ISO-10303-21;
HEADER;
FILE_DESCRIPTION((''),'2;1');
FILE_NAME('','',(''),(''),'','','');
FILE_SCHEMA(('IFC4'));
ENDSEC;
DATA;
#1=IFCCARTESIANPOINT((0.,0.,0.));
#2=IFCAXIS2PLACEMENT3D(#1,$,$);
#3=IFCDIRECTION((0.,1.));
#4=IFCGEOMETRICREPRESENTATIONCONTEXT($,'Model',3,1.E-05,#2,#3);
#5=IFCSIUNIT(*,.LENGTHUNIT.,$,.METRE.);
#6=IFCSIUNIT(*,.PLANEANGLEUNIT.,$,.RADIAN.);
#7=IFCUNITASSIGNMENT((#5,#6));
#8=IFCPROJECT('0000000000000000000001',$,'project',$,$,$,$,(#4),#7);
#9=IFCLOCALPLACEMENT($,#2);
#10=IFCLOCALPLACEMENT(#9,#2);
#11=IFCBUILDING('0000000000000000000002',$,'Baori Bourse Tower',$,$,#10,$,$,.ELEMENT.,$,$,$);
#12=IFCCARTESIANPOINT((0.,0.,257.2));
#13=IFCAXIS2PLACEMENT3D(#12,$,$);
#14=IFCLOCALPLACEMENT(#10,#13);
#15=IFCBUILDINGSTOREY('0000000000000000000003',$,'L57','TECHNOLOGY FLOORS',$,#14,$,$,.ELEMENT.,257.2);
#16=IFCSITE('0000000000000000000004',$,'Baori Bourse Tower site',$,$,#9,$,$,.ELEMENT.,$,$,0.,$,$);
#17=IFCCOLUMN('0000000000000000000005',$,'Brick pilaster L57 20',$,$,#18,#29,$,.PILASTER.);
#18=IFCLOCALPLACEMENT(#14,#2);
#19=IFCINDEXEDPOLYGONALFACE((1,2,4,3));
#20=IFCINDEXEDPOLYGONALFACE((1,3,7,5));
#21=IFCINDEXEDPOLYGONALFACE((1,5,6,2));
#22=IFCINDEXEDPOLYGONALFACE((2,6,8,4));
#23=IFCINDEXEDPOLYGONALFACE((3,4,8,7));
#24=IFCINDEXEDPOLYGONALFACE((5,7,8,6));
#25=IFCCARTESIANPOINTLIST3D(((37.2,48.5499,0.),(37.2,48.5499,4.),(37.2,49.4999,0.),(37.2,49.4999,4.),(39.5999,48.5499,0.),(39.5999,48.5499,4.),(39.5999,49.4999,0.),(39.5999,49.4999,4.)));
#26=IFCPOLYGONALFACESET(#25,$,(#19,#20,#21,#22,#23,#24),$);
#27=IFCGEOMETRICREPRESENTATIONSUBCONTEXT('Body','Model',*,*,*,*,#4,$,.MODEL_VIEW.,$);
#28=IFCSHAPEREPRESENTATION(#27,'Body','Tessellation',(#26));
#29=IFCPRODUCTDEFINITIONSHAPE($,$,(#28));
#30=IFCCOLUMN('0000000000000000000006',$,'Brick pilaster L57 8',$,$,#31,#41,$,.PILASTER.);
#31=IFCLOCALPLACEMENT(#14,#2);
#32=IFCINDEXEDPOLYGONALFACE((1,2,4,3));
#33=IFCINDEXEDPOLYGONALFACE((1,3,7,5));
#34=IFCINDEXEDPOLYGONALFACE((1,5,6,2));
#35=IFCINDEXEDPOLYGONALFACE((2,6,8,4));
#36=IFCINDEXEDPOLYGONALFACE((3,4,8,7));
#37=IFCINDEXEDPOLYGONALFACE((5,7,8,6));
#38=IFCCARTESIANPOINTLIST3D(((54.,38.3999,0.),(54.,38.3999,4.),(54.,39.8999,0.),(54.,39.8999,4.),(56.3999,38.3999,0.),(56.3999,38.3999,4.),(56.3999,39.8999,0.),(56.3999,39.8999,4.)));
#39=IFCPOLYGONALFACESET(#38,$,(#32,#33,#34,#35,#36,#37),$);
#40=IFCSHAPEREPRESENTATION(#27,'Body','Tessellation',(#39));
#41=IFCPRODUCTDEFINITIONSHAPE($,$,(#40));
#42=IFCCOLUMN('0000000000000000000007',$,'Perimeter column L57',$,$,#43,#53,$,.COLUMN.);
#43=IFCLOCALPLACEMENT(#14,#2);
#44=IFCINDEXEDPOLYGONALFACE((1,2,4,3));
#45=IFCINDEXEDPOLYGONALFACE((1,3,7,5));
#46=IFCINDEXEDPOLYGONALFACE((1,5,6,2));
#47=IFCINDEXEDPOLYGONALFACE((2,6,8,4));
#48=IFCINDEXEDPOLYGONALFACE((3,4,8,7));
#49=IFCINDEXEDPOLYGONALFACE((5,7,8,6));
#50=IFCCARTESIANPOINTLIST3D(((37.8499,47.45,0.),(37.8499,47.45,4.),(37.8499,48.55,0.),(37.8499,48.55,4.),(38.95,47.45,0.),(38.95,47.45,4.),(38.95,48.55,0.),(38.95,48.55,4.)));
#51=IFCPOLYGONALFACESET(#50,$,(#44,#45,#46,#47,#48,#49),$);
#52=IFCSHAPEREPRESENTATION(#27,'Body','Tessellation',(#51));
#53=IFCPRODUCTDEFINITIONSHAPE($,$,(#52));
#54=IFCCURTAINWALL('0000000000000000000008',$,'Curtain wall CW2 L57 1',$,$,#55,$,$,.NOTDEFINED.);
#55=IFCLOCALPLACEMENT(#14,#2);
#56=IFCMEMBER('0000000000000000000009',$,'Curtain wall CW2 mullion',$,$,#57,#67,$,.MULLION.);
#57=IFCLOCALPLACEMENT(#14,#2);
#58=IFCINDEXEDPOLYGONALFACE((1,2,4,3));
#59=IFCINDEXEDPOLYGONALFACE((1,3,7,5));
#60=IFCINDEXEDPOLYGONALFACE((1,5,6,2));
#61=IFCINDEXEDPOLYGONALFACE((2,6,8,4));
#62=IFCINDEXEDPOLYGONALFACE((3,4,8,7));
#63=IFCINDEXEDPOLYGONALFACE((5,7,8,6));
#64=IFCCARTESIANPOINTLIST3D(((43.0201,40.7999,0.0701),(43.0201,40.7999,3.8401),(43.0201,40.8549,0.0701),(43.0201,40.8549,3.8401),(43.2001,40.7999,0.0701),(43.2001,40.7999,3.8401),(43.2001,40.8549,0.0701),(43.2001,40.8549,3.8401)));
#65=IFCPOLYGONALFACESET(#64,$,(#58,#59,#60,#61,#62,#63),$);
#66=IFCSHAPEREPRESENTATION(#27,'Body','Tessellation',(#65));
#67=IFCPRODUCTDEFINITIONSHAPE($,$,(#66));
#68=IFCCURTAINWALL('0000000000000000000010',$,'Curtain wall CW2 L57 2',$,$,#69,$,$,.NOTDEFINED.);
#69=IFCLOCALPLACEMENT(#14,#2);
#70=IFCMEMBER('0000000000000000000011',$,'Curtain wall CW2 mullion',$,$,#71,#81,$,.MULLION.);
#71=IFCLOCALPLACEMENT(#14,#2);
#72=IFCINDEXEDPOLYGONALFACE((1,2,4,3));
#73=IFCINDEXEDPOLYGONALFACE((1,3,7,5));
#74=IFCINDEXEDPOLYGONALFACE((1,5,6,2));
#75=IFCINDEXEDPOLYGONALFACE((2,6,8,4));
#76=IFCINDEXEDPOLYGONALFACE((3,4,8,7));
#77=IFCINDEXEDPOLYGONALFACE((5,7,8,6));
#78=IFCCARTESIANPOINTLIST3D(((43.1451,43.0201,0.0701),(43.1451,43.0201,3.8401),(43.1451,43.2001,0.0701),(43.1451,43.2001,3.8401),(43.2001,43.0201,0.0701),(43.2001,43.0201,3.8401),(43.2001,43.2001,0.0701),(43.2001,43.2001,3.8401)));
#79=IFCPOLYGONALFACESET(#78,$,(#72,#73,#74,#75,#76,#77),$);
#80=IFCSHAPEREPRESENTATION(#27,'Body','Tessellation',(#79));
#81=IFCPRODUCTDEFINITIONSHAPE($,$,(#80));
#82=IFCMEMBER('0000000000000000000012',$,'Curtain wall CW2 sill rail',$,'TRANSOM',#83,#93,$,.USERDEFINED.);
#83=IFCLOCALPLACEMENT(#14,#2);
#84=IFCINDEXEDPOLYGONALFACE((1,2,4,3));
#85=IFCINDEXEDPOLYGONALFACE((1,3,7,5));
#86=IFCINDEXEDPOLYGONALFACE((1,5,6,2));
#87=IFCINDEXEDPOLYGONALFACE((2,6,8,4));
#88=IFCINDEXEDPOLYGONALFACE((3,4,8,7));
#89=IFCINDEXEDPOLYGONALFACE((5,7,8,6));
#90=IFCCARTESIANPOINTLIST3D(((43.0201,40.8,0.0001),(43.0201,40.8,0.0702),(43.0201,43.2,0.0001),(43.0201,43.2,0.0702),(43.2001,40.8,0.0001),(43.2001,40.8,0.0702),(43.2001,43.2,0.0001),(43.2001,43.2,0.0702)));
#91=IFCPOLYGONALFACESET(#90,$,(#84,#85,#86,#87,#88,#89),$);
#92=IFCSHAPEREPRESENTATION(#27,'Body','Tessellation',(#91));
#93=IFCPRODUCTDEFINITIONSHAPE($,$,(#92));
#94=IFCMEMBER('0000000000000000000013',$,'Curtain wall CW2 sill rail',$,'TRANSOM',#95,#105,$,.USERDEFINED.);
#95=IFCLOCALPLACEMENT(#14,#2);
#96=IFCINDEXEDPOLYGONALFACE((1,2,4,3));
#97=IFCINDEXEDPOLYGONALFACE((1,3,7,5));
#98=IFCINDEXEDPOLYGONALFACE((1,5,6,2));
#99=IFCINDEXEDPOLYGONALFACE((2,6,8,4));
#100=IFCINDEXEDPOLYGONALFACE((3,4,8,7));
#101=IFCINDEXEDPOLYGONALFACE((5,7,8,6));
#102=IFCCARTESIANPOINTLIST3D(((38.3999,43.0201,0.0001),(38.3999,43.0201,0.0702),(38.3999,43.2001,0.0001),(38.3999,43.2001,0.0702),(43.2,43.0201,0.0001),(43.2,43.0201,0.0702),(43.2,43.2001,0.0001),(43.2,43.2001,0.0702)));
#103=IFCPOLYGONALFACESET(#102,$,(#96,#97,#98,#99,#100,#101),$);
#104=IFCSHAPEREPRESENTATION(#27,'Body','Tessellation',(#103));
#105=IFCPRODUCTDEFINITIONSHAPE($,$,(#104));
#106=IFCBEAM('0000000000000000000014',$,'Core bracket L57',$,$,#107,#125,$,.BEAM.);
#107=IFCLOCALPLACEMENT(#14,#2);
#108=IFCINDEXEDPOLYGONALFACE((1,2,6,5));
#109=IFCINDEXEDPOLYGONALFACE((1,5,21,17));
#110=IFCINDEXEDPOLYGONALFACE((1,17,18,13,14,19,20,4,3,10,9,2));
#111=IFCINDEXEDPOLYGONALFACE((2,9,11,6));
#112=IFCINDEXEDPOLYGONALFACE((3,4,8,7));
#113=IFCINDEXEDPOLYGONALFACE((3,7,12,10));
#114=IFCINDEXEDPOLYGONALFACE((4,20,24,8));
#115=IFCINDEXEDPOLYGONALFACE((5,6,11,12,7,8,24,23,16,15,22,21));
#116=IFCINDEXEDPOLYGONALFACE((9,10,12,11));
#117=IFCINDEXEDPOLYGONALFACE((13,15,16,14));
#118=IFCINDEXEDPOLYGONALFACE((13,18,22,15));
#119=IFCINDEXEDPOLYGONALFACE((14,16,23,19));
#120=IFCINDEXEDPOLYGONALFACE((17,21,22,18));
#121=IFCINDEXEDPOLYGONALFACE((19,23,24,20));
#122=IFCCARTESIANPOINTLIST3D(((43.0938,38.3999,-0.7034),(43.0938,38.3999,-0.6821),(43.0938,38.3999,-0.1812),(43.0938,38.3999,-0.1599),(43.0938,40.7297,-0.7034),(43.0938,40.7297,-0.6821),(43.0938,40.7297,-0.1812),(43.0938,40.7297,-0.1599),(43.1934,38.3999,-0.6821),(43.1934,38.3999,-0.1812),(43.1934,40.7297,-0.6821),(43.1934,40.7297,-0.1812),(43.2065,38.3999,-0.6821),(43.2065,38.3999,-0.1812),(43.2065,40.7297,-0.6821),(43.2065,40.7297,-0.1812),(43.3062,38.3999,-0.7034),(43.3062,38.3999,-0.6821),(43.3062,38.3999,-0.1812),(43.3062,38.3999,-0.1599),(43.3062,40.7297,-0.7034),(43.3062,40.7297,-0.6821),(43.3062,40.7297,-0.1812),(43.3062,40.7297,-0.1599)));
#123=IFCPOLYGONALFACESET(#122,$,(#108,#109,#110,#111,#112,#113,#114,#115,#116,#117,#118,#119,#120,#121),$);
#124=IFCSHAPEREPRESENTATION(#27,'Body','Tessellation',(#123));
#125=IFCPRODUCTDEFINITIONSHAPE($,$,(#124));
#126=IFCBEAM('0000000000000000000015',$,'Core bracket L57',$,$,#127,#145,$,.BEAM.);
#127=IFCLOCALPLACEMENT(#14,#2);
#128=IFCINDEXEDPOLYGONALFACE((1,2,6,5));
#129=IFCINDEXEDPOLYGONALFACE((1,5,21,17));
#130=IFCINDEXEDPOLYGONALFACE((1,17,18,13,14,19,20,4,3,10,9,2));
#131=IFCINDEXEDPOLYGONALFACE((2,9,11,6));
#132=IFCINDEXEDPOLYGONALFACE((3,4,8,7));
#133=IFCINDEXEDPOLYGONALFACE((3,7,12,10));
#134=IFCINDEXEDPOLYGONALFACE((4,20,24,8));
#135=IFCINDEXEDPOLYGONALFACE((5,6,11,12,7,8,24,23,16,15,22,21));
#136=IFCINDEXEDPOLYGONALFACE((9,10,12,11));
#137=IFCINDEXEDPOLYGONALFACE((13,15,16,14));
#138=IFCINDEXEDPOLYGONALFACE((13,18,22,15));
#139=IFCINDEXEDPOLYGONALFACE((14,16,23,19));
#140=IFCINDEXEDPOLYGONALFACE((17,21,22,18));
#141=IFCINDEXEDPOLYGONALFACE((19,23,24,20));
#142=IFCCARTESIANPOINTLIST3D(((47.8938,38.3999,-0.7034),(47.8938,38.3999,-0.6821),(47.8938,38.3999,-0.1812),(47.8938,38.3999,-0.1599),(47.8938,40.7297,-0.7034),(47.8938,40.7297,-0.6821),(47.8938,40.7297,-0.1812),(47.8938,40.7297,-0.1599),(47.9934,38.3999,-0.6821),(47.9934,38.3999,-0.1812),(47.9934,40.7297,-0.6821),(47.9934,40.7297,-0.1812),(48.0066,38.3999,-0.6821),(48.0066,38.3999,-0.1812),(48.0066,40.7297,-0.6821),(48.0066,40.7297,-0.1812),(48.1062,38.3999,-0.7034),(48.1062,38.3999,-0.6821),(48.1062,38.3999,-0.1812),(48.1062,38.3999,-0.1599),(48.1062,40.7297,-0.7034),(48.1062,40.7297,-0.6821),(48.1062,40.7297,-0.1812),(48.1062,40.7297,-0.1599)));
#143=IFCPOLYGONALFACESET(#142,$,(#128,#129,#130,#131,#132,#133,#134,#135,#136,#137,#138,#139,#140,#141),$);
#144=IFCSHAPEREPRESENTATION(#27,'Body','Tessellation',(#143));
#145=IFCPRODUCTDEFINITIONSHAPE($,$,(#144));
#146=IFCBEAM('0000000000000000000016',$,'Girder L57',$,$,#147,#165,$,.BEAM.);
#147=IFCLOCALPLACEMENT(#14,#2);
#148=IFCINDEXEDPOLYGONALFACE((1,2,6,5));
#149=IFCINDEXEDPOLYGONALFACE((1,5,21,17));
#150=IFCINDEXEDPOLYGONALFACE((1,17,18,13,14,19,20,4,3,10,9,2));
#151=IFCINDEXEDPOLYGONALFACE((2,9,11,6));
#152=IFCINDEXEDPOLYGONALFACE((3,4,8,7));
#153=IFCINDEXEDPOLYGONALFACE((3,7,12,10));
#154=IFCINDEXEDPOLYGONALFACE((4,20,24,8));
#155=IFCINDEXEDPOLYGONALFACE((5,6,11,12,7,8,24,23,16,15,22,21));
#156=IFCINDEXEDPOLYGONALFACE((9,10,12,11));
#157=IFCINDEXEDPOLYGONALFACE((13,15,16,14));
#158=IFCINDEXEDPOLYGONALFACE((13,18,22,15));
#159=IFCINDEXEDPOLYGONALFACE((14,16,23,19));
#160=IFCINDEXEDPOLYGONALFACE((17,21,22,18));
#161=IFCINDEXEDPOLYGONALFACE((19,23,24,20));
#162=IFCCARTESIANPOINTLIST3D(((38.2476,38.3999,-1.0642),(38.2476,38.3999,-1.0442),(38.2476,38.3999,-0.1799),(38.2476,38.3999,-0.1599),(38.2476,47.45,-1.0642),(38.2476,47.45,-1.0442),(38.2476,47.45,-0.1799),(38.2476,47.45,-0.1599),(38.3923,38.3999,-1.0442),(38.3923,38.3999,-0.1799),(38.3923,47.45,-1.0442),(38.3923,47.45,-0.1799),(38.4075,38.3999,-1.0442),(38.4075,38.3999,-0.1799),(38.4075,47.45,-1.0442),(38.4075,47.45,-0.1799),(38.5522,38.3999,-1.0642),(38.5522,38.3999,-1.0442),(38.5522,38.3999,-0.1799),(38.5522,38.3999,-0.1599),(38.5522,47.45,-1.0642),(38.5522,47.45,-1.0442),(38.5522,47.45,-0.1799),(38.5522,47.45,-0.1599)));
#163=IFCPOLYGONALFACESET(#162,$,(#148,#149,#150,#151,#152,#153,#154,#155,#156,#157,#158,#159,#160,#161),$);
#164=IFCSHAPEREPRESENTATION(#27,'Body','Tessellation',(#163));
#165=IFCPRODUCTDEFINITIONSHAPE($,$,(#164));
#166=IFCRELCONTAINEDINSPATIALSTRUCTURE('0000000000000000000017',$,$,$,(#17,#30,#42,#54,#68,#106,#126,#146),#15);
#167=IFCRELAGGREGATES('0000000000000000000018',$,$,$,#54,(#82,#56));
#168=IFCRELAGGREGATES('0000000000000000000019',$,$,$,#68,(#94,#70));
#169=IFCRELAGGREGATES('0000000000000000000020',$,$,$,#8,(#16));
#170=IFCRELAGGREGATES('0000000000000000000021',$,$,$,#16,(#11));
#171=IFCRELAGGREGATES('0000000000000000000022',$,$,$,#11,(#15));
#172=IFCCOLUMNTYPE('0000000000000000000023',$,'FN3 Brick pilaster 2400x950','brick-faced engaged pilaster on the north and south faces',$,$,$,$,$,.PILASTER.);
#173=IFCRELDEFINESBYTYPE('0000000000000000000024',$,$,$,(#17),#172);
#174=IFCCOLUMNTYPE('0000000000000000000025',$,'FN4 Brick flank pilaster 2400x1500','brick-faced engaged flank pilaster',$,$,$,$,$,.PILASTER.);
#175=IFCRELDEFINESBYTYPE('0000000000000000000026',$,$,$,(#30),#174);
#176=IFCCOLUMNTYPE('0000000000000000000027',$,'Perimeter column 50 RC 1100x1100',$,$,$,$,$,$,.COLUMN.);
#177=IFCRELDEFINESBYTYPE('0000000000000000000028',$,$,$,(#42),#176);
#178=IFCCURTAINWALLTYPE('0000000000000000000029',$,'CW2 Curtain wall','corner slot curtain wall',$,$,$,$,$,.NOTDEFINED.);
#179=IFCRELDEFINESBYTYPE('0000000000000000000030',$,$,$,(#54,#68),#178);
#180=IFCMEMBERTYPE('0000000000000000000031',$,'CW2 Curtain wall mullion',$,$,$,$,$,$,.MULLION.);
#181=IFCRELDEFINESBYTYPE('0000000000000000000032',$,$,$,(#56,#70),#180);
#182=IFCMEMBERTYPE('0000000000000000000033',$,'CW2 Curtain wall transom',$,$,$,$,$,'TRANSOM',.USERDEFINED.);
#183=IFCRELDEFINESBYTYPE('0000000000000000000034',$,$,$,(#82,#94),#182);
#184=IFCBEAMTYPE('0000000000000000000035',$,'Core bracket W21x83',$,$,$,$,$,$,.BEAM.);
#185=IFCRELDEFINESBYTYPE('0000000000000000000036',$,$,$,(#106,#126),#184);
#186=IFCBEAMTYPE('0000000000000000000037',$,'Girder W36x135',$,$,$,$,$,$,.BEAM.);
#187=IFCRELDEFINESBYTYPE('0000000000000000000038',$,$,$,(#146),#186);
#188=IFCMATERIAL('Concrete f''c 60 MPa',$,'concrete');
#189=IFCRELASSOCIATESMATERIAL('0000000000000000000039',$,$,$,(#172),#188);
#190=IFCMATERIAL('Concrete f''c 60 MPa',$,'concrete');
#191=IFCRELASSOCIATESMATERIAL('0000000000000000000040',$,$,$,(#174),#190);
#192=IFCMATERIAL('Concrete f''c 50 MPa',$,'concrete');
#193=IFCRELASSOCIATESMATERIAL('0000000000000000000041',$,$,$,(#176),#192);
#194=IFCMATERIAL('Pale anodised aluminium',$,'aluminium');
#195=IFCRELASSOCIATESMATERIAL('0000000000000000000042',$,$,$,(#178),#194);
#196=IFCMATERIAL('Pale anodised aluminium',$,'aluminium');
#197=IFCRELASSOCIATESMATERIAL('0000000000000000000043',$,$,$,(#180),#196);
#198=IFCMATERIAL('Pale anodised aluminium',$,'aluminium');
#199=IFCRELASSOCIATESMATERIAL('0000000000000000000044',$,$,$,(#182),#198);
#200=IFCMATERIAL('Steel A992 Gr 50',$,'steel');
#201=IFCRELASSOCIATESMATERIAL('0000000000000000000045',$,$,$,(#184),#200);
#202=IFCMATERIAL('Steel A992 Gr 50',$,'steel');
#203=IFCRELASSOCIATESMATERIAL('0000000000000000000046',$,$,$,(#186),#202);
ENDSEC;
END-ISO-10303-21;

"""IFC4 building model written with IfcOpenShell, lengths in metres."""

from ifc_helpers import new_model, si_unit, direction, frame, origin, origin_2d, place, context, subcontext, project, spatial, rectangle, i_section, extrude, material, material_profile, profile_set, type_object, element, aggregate, save


model = new_model("IFC4")

# Units and contexts
model_context = context("Model", 3, precision=1e-05, world=origin(), true_north=direction((0.0, 1.0)))
body_context = subcontext(model_context, "Body", "Model", "MODEL_VIEW")
ifc_project = project(units=[si_unit("LENGTHUNIT", "METRE"), si_unit("PLANEANGLEUNIT", "RADIAN")], contexts=[model_context])

# Site, building, storey
site_placement = place(None, origin())
site = spatial("IfcSite", under=ifc_project, at=site_placement, Name="Baori Bourse Tower site", CompositionType="ELEMENT", RefElevation=0.0)
building_placement = place(site_placement, origin())
building = spatial("IfcBuilding", under=site, at=building_placement, Name="Baori Bourse Tower", CompositionType="ELEMENT")
storey_placement = place(building_placement, frame((0.0, 0.0, 257.2)))
storey = spatial("IfcBuildingStorey", under=building, at=storey_placement, Name="L57", Description="TECHNOLOGY FLOORS", CompositionType="ELEMENT", Elevation=257.2)

# Columns
ifc_material_1 = material(Name="Concrete f'c 60 MPa", Category="concrete")
ifc_material_profile_1 = material_profile(ifc_material_1, rectangle(XDim=2.3999, YDim=0.95, at=origin_2d()), Name="RC 2400x950")
ifc_profile_set_1 = profile_set([ifc_material_profile_1], Name="Concrete f'c 60 MPa")
column_type_1 = type_object("IfcColumnType", Name="FN3 Brick pilaster 2400x950", Description="brick-faced engaged pilaster on the north and south faces", PredefinedType="PILASTER", material=ifc_profile_set_1)
column_1_placement = place(storey_placement, frame((38.3999, 49.0249, 0.0), z_axis=(0.0, 0.0, 1.0), x_axis=(1.0, 0.0, 0.0)))
element("IfcColumn", 1, at=column_1_placement, inside=storey, type_object=column_type_1, Name="Brick pilaster L57 20", PredefinedType="PILASTER", context=body_context, shape_type="SweptSolid", body=[
    extrude(rectangle(XDim=2.3999, YDim=0.95, at=origin_2d()), origin(), (0.0, 0.0, 1.0), 4.0),
])
ifc_material_2 = material(Name="Concrete f'c 60 MPa", Category="concrete")
ifc_material_profile_2 = material_profile(ifc_material_2, rectangle(XDim=2.3999, YDim=1.5, at=origin_2d()), Name="RC 2400x1500")
ifc_profile_set_2 = profile_set([ifc_material_profile_2], Name="Concrete f'c 60 MPa")
column_type_2 = type_object("IfcColumnType", Name="FN4 Brick flank pilaster 2400x1500", Description="brick-faced engaged flank pilaster", PredefinedType="PILASTER", material=ifc_profile_set_2)
column_2_placement = place(storey_placement, frame((55.2, 39.1499, 0.0), z_axis=(0.0, 0.0, 1.0), x_axis=(1.0, 0.0, 0.0)))
element("IfcColumn", 2, at=column_2_placement, inside=storey, type_object=column_type_2, Name="Brick pilaster L57 8", PredefinedType="PILASTER", context=body_context, shape_type="SweptSolid", body=[
    extrude(rectangle(XDim=2.3999, YDim=1.5, at=origin_2d()), origin(), (0.0, 0.0, 1.0), 4.0),
])
ifc_material_3 = material(Name="Concrete f'c 50 MPa", Category="concrete")
ifc_material_profile_3 = material_profile(ifc_material_3, rectangle(XDim=1.1001, YDim=1.1001, at=origin_2d()), Name="RC 1100x1100")
ifc_profile_set_3 = profile_set([ifc_material_profile_3], Name="Concrete f'c 50 MPa")
column_type_3 = type_object("IfcColumnType", Name="Perimeter column 50 RC 1100x1100", PredefinedType="COLUMN", material=ifc_profile_set_3)
column_3_placement = place(storey_placement, frame((38.3999, 48.0, 0.0), z_axis=(0.0, 0.0, 1.0), x_axis=(1.0, 0.0, 0.0)))
element("IfcColumn", 3, at=column_3_placement, inside=storey, type_object=column_type_3, Name="Perimeter column L57", PredefinedType="COLUMN", context=body_context, shape_type="SweptSolid", body=[
    extrude(rectangle(XDim=1.1001, YDim=1.1001, at=origin_2d()), origin(), (0.0, 0.0, 1.0), 4.0),
])

# Curtain walls, members
ifc_material_4 = material(Name="Pale anodised aluminium", Category="aluminium")
curtain_wall_type = type_object("IfcCurtainWallType", Name="CW2 Curtain wall", Description="corner slot curtain wall", PredefinedType="NOTDEFINED", material=ifc_material_4)
curtain_wall_1_placement = place(storey_placement, origin())
curtain_wall_1 = element("IfcCurtainWall", 4, at=curtain_wall_1_placement, inside=storey, type_object=curtain_wall_type, Name="Curtain wall CW2 L57 1", PredefinedType="NOTDEFINED")
ifc_material_5 = material(Name="Pale anodised aluminium", Category="aluminium")
ifc_material_profile_4 = material_profile(ifc_material_5, rectangle(XDim=0.1799, YDim=0.0549, at=origin_2d()), Name="Mullion 55x180")
ifc_profile_set_4 = profile_set([ifc_material_profile_4], Name="Pale anodised aluminium")
member_type_1 = type_object("IfcMemberType", Name="CW2 Curtain wall mullion", PredefinedType="MULLION", material=ifc_profile_set_4)
member_1_placement = place(storey_placement, frame((43.1101, 40.8274, 0.0701), z_axis=(0.0, 0.0, 1.0), x_axis=(-1.0, 0.0, 0.0)))
member_1 = element("IfcMember", 5, at=member_1_placement, type_object=member_type_1, Name="Curtain wall CW2 mullion", PredefinedType="MULLION", context=body_context, shape_type="SweptSolid", body=[
    extrude(rectangle(XDim=0.1799, YDim=0.0549, at=origin_2d()), origin(), (0.0, 0.0, 1.0), 3.77),
])
curtain_wall_2_placement = place(storey_placement, origin())
curtain_wall_2 = element("IfcCurtainWall", 6, at=curtain_wall_2_placement, inside=storey, type_object=curtain_wall_type, Name="Curtain wall CW2 L57 2", PredefinedType="NOTDEFINED")
member_2_placement = place(storey_placement, frame((43.1726, 43.1101, 0.0701), z_axis=(0.0, 0.0, 1.0), x_axis=(0.0, -1.0, 0.0)))
member_2 = element("IfcMember", 7, at=member_2_placement, type_object=member_type_1, Name="Curtain wall CW2 mullion", PredefinedType="MULLION", context=body_context, shape_type="SweptSolid", body=[
    extrude(rectangle(XDim=0.1799, YDim=0.0549, at=origin_2d()), origin(), (0.0, 0.0, 1.0), 3.77),
])

# Members
ifc_material_6 = material(Name="Pale anodised aluminium", Category="aluminium")
ifc_material_profile_5 = material_profile(ifc_material_6, rectangle(XDim=0.1799, YDim=0.0701, at=origin_2d()), Name="Transom 70x180")
ifc_profile_set_5 = profile_set([ifc_material_profile_5], Name="Pale anodised aluminium")
member_type_2 = type_object("IfcMemberType", Name="CW2 Curtain wall transom", ElementType="TRANSOM", PredefinedType="USERDEFINED", material=ifc_profile_set_5)
member_3_placement = place(storey_placement, frame((43.1101, 40.8, 0.0352), z_axis=(0.0, 1.0, 0.0), x_axis=(-1.0, 0.0, 0.0)))
member_3 = element("IfcMember", 8, at=member_3_placement, type_object=member_type_2, Name="Curtain wall CW2 sill rail", ObjectType="TRANSOM", PredefinedType="USERDEFINED", context=body_context, shape_type="SweptSolid", body=[
    extrude(rectangle(XDim=0.1799, YDim=0.0701, at=origin_2d()), origin(), (0.0, 0.0, 1.0), 2.3999),
])
member_4_placement = place(storey_placement, frame((43.2, 43.1101, 0.0352), z_axis=(-1.0, 0.0, 0.0), x_axis=(0.0, -1.0, 0.0)))
member_4 = element("IfcMember", 9, at=member_4_placement, type_object=member_type_2, Name="Curtain wall CW2 sill rail", ObjectType="TRANSOM", PredefinedType="USERDEFINED", context=body_context, shape_type="SweptSolid", body=[
    extrude(rectangle(XDim=0.1799, YDim=0.0701, at=origin_2d()), origin(), (0.0, 0.0, 1.0), 4.8),
])

# Beams
ifc_material_7 = material(Name="Steel A992 Gr 50", Category="steel")
ifc_material_profile_6 = material_profile(ifc_material_7, i_section(OverallWidth=0.2124, OverallDepth=0.5435, WebThickness=0.0132, FlangeThickness=0.0212, at=origin_2d()), Name="W21x83")
ifc_profile_set_6 = profile_set([ifc_material_profile_6], Name="Steel A992 Gr 50")
beam_type_1 = type_object("IfcBeamType", Name="Core bracket W21x83", PredefinedType="BEAM", material=ifc_profile_set_6)
for number, where, z_axis, x_axis, name in (
    (10, (43.2, 38.3999, -0.4316), (0.0, 1.0, 0.0), (-1.0, 0.0, 0.0), "Core bracket L57"),
    (11, (48.0, 38.3999, -0.4316), (0.0, 1.0, 0.0), (-1.0, 0.0, 0.0), "Core bracket L57"),
):
    element("IfcBeam", number, at=place(storey_placement, frame(where, z_axis=z_axis, x_axis=x_axis)), inside=storey, type_object=beam_type_1, Name=name, PredefinedType="BEAM", context=body_context, shape_type="SweptSolid", body=[
        extrude(i_section(OverallWidth=0.2124, OverallDepth=0.5435, WebThickness=0.0132, FlangeThickness=0.0212, at=origin_2d()), origin(), (0.0, 0.0, 1.0), 2.3298),
    ])
ifc_material_8 = material(Name="Steel A992 Gr 50", Category="steel")
ifc_material_profile_7 = material_profile(ifc_material_8, i_section(OverallWidth=0.3047, OverallDepth=0.9043, WebThickness=0.0151, FlangeThickness=0.02, at=origin_2d()), Name="W36x135")
ifc_profile_set_7 = profile_set([ifc_material_profile_7], Name="Steel A992 Gr 50")
beam_type_2 = type_object("IfcBeamType", Name="Girder W36x135", PredefinedType="BEAM", material=ifc_profile_set_7)
beam_1_placement = place(storey_placement, frame((38.3999, 38.3999, -0.6121), z_axis=(0.0, 1.0, 0.0), x_axis=(-1.0, 0.0, 0.0)))
element("IfcBeam", 12, at=beam_1_placement, inside=storey, type_object=beam_type_2, Name="Girder L57", PredefinedType="BEAM", context=body_context, shape_type="SweptSolid", body=[
    extrude(i_section(OverallWidth=0.3047, OverallDepth=0.9043, WebThickness=0.0151, FlangeThickness=0.02, at=origin_2d()), origin(), (0.0, 0.0, 1.0), 9.05),
])

aggregate(curtain_wall_1, [member_3, member_1])
aggregate(curtain_wall_2, [member_4, member_2])

save(model, "model.ifc")
